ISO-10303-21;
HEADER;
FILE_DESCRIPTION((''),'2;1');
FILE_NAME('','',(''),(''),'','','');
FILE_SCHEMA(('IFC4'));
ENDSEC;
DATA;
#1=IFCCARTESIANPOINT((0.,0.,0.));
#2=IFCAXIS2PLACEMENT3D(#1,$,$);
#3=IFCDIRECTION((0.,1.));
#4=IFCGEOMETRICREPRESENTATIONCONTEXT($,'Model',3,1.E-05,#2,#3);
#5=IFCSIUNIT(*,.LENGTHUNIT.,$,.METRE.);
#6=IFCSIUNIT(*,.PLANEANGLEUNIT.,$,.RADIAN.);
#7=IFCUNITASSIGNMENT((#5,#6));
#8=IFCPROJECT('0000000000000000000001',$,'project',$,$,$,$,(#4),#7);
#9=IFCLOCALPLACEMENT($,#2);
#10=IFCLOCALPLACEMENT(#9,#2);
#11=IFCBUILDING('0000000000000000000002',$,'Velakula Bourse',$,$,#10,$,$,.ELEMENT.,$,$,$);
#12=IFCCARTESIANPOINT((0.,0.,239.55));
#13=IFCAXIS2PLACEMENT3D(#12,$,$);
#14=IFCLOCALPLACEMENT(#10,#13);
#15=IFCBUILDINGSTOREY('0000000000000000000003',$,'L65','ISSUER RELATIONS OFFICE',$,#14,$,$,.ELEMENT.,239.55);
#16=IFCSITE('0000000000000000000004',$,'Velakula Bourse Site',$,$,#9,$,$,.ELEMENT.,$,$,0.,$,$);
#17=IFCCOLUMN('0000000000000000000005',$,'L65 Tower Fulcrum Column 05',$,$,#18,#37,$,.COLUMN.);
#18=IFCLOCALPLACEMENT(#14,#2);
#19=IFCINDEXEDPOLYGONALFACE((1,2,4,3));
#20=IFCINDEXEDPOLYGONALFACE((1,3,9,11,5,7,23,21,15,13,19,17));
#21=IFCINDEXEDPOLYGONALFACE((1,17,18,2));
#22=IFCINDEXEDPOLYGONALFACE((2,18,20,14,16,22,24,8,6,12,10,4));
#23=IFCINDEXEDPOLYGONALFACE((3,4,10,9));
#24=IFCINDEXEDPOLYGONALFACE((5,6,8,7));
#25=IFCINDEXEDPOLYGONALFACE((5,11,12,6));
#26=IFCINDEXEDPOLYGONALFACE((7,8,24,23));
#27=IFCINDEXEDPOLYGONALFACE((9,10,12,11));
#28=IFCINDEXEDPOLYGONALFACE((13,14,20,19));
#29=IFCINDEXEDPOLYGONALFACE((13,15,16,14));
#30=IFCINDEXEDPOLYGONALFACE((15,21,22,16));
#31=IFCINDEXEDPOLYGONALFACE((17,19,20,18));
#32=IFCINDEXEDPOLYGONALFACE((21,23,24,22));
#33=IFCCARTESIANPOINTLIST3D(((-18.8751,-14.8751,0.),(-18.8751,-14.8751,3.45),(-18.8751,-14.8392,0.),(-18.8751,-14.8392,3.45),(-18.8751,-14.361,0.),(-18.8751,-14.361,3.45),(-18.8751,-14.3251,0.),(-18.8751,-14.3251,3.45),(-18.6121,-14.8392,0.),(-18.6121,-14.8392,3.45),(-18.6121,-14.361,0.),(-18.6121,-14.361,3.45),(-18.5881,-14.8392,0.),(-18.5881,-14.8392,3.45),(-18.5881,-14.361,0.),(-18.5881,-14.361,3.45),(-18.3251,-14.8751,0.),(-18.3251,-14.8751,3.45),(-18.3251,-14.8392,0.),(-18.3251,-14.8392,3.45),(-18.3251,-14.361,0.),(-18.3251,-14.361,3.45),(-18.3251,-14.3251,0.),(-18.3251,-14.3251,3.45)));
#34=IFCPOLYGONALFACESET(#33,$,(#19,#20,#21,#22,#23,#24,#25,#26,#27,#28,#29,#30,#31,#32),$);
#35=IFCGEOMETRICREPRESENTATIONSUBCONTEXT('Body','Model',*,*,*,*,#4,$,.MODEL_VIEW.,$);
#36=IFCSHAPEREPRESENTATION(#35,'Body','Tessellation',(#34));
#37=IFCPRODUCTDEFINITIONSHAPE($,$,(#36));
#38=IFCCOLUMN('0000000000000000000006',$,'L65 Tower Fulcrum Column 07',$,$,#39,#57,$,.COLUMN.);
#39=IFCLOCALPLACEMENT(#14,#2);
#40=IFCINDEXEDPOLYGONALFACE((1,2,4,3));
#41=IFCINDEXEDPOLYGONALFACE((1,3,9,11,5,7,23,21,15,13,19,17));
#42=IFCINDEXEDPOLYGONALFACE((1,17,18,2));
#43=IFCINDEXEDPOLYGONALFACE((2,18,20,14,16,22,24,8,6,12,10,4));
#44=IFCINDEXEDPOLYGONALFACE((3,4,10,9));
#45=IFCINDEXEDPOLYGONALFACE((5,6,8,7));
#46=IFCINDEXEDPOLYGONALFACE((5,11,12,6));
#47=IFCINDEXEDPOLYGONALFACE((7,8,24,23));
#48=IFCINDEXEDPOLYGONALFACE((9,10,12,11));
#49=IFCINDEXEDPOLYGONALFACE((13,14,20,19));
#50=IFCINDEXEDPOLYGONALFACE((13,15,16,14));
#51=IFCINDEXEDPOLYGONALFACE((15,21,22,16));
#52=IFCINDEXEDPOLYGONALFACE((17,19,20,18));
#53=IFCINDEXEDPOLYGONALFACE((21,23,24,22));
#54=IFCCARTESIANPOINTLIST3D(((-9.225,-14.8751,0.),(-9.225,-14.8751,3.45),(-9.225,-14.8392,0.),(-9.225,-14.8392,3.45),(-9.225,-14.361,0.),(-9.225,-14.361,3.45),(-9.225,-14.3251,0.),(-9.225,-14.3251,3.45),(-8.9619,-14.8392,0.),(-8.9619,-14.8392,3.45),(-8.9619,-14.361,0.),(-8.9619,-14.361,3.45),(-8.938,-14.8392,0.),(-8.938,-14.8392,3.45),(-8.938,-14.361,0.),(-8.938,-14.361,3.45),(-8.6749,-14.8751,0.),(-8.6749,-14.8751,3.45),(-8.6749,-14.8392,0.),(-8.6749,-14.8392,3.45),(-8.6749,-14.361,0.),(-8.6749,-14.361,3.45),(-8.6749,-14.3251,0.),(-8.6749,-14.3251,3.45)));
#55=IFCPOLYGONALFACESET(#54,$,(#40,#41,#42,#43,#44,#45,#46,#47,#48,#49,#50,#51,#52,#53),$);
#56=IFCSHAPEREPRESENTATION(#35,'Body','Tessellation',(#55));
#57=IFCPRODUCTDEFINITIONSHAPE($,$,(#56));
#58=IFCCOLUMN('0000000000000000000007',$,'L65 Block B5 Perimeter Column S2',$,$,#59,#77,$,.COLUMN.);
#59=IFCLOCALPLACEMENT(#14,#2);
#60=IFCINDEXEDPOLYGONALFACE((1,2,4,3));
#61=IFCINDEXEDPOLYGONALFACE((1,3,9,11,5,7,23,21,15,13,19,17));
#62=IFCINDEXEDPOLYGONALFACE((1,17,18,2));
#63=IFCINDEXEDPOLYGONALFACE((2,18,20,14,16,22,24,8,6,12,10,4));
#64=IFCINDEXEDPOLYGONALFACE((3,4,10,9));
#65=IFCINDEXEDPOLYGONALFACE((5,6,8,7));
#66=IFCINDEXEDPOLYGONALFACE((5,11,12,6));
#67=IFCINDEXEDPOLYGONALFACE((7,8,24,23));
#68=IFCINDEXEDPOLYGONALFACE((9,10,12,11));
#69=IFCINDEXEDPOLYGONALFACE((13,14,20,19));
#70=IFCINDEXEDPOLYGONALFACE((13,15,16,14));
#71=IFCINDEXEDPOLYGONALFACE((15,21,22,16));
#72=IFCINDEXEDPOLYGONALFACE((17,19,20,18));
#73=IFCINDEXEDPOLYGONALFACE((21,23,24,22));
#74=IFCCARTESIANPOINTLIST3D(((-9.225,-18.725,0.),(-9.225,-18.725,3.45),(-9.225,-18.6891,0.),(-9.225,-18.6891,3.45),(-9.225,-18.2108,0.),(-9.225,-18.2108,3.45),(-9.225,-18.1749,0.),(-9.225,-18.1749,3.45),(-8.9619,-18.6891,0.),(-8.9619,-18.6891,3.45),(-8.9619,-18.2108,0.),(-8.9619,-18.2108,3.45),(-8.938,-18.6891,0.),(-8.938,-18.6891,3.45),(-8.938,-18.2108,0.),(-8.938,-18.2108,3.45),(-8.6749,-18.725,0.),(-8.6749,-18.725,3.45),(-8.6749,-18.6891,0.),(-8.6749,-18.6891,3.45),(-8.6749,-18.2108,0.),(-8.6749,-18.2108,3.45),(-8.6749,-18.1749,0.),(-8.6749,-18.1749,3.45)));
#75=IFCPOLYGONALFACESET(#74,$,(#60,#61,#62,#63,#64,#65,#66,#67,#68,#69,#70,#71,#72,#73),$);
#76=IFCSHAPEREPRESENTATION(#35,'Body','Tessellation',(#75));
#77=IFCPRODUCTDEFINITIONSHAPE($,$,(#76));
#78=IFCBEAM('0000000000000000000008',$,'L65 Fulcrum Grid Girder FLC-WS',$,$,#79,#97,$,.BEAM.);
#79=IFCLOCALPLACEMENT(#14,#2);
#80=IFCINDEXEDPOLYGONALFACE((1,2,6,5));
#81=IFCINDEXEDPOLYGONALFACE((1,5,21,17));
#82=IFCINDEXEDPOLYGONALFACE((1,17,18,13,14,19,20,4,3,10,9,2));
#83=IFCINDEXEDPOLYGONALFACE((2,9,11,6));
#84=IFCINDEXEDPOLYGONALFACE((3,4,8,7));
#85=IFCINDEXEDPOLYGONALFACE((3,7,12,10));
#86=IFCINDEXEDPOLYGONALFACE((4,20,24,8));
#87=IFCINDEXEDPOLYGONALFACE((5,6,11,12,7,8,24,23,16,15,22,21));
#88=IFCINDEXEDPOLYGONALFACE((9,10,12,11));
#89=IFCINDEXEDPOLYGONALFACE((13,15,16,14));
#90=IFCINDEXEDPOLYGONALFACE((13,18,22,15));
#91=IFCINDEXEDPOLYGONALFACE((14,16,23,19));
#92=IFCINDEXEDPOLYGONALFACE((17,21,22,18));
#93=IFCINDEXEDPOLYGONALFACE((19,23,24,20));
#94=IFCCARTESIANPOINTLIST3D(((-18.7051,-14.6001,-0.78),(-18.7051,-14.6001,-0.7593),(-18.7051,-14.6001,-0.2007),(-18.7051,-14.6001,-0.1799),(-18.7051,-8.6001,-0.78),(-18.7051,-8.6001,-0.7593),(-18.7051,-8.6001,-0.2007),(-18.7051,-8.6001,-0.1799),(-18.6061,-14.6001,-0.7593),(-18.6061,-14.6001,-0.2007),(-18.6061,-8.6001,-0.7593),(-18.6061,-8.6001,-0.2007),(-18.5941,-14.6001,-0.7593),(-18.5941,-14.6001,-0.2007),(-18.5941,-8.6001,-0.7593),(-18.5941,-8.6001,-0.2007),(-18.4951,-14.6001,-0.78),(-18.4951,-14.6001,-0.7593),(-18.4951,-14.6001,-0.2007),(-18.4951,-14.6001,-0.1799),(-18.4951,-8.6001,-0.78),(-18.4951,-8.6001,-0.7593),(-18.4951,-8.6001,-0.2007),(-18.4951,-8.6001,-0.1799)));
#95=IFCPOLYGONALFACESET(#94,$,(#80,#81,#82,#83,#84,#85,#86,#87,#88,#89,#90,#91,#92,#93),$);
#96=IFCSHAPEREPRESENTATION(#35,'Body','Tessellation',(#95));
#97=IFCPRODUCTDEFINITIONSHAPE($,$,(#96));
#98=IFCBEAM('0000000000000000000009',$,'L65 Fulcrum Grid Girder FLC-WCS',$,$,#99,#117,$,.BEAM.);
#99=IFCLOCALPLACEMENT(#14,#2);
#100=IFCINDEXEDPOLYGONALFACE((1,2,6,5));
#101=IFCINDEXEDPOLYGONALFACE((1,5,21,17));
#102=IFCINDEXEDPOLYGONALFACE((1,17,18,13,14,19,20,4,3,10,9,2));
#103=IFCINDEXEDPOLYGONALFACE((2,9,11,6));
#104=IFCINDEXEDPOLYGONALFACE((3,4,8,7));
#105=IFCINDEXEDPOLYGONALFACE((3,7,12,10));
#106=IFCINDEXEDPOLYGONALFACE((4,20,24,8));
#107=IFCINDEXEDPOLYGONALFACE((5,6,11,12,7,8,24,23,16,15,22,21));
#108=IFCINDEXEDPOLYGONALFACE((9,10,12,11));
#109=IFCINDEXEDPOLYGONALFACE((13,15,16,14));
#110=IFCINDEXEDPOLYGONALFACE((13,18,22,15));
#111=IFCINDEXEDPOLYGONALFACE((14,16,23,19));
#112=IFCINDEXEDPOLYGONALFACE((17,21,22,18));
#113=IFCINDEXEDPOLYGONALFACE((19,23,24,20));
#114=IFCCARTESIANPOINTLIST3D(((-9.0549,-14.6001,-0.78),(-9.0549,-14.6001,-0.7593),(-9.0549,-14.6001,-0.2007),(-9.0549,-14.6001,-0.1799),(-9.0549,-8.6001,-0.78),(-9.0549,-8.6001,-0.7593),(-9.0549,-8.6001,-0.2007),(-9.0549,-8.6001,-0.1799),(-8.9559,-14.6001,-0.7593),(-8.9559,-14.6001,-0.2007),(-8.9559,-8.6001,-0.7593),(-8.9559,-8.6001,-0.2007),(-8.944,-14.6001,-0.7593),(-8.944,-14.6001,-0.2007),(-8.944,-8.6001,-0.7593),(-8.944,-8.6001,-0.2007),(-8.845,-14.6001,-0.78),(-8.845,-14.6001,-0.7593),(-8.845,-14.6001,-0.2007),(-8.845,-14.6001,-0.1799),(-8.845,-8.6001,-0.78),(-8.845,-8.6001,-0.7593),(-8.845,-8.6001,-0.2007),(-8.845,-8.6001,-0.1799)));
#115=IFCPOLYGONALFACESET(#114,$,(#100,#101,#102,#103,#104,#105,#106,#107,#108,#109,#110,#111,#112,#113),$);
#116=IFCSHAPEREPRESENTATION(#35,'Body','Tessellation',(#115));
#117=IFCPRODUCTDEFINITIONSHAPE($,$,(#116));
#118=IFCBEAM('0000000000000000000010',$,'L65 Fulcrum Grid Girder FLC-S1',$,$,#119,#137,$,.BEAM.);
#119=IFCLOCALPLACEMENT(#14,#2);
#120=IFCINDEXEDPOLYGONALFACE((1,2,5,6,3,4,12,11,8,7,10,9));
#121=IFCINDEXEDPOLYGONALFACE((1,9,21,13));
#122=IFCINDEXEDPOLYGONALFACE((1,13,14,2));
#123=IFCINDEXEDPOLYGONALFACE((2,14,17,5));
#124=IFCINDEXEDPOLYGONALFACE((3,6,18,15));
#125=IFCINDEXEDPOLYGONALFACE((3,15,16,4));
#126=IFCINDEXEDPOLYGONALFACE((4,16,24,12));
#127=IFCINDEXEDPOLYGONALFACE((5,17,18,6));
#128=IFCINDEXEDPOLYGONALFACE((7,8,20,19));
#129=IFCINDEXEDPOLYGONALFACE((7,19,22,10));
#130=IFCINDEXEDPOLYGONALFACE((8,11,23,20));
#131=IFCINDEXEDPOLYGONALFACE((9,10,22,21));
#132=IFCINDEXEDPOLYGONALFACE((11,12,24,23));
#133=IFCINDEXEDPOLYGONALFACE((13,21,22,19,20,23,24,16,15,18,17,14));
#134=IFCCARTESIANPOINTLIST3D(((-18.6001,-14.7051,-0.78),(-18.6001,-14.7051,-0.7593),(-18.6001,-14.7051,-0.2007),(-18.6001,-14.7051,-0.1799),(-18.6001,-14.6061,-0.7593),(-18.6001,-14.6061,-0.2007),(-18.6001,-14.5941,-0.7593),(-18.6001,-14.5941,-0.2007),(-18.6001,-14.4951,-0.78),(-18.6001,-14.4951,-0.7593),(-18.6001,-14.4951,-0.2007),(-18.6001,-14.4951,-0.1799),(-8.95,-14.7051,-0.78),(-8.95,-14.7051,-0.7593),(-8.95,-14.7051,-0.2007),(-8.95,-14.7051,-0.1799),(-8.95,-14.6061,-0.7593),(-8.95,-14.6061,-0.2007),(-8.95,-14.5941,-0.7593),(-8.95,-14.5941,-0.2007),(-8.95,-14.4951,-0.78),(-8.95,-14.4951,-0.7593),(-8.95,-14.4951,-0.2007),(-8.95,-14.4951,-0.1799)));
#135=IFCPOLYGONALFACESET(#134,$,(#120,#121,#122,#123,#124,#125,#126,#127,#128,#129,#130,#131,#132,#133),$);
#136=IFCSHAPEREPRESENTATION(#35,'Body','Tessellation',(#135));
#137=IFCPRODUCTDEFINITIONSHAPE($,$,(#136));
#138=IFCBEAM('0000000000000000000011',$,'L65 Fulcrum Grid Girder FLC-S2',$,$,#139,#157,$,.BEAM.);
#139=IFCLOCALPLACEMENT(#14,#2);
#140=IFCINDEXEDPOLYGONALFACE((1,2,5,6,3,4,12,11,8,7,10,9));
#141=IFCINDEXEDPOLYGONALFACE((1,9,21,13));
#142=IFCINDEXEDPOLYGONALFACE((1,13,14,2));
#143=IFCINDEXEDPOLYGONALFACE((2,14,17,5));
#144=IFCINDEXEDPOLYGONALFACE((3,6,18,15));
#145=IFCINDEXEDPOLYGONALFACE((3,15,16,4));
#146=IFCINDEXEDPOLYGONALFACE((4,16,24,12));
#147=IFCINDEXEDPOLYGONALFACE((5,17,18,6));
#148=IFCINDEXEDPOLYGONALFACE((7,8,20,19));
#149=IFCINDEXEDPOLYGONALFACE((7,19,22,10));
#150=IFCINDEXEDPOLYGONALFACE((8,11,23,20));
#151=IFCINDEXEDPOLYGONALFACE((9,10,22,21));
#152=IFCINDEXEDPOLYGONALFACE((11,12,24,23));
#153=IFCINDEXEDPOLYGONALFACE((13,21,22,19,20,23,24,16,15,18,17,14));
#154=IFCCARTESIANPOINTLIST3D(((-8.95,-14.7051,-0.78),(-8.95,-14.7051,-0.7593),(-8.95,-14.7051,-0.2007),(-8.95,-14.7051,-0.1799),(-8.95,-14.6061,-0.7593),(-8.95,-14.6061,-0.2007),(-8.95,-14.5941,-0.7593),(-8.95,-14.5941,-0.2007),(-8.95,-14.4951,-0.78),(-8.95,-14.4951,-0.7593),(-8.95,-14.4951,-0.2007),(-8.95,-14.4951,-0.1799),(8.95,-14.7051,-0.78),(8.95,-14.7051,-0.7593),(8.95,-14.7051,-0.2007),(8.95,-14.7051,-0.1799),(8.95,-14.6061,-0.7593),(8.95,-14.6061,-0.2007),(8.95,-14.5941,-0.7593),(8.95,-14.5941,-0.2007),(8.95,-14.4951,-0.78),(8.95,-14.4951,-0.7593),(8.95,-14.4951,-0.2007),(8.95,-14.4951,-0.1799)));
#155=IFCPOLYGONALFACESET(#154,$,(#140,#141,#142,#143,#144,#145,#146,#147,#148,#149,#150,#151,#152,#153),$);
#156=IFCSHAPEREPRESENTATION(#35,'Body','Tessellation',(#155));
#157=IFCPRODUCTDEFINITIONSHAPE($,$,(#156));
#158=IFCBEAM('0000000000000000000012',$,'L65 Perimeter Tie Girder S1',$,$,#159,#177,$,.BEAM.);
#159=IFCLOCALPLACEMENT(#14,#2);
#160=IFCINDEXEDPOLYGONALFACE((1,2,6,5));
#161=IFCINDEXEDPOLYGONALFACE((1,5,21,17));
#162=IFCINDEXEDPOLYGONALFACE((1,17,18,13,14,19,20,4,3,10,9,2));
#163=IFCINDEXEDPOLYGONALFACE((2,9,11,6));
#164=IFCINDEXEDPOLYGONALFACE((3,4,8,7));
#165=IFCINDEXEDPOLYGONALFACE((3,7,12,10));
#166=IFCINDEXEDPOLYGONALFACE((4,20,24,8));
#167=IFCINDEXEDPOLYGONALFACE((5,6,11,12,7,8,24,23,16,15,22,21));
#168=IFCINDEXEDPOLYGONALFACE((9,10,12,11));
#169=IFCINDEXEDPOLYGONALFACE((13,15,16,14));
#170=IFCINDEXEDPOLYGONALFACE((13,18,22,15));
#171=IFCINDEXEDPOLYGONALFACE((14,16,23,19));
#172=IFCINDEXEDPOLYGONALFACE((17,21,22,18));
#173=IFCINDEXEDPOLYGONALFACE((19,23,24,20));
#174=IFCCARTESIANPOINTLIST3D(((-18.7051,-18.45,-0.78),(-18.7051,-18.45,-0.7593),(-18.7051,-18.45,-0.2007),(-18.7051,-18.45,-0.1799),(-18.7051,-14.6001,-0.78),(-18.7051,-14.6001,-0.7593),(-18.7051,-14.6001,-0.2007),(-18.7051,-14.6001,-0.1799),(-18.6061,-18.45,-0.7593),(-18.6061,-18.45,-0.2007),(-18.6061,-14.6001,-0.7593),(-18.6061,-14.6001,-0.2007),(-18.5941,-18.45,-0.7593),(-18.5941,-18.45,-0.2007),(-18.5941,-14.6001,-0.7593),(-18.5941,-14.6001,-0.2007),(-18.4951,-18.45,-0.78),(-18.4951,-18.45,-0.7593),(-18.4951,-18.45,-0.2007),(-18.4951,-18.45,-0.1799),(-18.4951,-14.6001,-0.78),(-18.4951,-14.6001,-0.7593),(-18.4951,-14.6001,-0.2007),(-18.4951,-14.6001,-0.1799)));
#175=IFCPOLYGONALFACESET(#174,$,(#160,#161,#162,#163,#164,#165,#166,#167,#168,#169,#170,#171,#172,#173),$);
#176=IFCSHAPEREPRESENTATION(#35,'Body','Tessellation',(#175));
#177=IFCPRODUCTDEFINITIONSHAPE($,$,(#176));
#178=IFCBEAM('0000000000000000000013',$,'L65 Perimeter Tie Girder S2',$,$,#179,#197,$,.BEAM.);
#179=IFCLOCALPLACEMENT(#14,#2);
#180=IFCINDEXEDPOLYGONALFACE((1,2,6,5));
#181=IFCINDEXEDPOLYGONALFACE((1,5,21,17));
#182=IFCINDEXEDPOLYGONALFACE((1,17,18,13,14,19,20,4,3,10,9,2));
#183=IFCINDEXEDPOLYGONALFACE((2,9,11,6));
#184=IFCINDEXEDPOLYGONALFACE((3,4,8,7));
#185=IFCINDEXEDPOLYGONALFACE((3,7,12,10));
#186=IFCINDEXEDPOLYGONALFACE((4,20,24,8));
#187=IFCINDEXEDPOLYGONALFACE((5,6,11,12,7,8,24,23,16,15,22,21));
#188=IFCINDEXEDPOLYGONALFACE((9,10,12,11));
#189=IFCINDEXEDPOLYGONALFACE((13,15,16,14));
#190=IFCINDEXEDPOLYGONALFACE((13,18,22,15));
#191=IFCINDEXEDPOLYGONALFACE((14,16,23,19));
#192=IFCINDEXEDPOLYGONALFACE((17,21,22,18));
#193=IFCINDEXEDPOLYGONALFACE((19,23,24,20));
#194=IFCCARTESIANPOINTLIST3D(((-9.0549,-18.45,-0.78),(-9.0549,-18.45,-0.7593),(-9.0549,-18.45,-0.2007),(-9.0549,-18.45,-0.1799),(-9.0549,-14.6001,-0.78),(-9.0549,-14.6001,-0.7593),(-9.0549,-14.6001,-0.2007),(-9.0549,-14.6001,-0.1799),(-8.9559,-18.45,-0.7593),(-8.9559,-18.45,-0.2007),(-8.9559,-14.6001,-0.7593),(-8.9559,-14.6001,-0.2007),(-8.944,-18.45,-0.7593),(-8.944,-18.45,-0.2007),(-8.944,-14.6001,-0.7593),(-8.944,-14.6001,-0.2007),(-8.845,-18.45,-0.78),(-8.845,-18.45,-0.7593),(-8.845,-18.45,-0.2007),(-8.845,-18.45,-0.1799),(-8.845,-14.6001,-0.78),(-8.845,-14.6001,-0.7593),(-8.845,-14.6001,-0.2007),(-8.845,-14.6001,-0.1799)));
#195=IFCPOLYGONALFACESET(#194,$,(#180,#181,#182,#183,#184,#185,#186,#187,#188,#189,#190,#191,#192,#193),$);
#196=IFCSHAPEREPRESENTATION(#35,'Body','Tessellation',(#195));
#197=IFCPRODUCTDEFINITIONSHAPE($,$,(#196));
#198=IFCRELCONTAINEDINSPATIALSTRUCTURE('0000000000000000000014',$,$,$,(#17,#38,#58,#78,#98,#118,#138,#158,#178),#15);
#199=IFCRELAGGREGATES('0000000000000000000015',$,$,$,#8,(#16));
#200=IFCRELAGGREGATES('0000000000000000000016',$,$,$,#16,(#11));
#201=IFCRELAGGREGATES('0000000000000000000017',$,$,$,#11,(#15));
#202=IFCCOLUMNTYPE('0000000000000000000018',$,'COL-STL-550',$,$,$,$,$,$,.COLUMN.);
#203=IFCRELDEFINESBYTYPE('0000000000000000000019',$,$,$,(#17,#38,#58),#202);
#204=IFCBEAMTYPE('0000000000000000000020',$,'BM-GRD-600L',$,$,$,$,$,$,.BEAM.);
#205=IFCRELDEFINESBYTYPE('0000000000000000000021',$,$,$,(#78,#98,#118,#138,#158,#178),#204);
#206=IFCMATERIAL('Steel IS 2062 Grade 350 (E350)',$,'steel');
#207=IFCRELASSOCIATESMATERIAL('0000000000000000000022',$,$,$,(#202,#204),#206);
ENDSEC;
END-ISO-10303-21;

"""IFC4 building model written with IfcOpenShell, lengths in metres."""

from ifc_helpers import new_model, si_unit, direction, frame, origin, origin_2d, place, context, subcontext, project, spatial, i_section, extrude, material, material_profile, profile_set, type_object, element, save


model = new_model("IFC4")

# Units and contexts
model_context = context("Model", 3, precision=1e-05, world=origin(), true_north=direction((0.0, 1.0)))
body_context = subcontext(model_context, "Body", "Model", "MODEL_VIEW")
ifc_project = project(units=[si_unit("LENGTHUNIT", "METRE"), si_unit("PLANEANGLEUNIT", "RADIAN")], contexts=[model_context])

# Site, building, storey
site_placement = place(None, origin())
site = spatial("IfcSite", under=ifc_project, at=site_placement, Name="Velakula Bourse Site", CompositionType="ELEMENT", RefElevation=0.0)
building_placement = place(site_placement, origin())
building = spatial("IfcBuilding", under=site, at=building_placement, Name="Velakula Bourse", CompositionType="ELEMENT")
storey_placement = place(building_placement, frame((0.0, 0.0, 239.55)))
storey = spatial("IfcBuildingStorey", under=building, at=storey_placement, Name="L65", Description="ISSUER RELATIONS OFFICE", CompositionType="ELEMENT", Elevation=239.55)

# Columns
ifc_material_1 = material(Name="Steel IS 2062 Grade 350 (E350)", Category="steel")
ifc_material_profile_1 = material_profile(ifc_material_1, i_section(OverallWidth=0.55, OverallDepth=0.55, WebThickness=0.0239, FlangeThickness=0.0359, at=origin_2d()), Name="Steel IS 2062 Grade 350 (E350)")
ifc_profile_set_1 = profile_set([ifc_material_profile_1], Name="Steel IS 2062 Grade 350 (E350)")
column_type = type_object("IfcColumnType", Name="COL-STL-550", PredefinedType="COLUMN", material=ifc_profile_set_1)
for number, where, z_axis, x_axis, name in (
    (1, (-18.6001, -14.6001, 0.0), (0.0, 0.0, 1.0), (1.0, 0.0, 0.0), "L65 Tower Fulcrum Column 05"),
    (2, (-8.95, -14.6001, 0.0), (0.0, 0.0, 1.0), (1.0, 0.0, 0.0), "L65 Tower Fulcrum Column 07"),
    (3, (-8.95, -18.45, 0.0), (0.0, 0.0, 1.0), (1.0, 0.0, 0.0), "L65 Block B5 Perimeter Column S2"),
):
    element("IfcColumn", number, at=place(storey_placement, frame(where, z_axis=z_axis, x_axis=x_axis)), inside=storey, type_object=column_type, Name=name, PredefinedType="COLUMN", context=body_context, shape_type="SweptSolid", body=[
        extrude(i_section(OverallWidth=0.55, OverallDepth=0.55, WebThickness=0.0239, FlangeThickness=0.0359, at=origin_2d()), origin(), (0.0, 0.0, 1.0), 3.45),
    ])

# Beams
ifc_material_profile_2 = material_profile(ifc_material_1, i_section(OverallWidth=0.21, OverallDepth=0.6001, WebThickness=0.012, FlangeThickness=0.0208, at=origin_2d()), Name="Steel IS 2062 Grade 350 (E350)")
ifc_profile_set_2 = profile_set([ifc_material_profile_2], Name="Steel IS 2062 Grade 350 (E350)")
beam_type_1 = type_object("IfcBeamType", Name="BM-GRD-600L", PredefinedType="BEAM", material=ifc_profile_set_2)
for number, where, z_axis, x_axis, name in (
    (4, (-18.6001, -14.6001, -0.48), (0.0, 1.0, 0.0), (-1.0, 0.0, 0.0), "L65 Fulcrum Grid Girder FLC-WS"),
    (5, (-8.95, -14.6001, -0.48), (0.0, 1.0, 0.0), (-1.0, 0.0, 0.0), "L65 Fulcrum Grid Girder FLC-WCS"),
):
    element("IfcBeam", number, at=place(storey_placement, frame(where, z_axis=z_axis, x_axis=x_axis)), inside=storey, type_object=beam_type_1, Name=name, PredefinedType="BEAM", context=body_context, shape_type="SweptSolid", body=[
        extrude(i_section(OverallWidth=0.21, OverallDepth=0.6001, WebThickness=0.012, FlangeThickness=0.0208, at=origin_2d()), origin(), (0.0, 0.0, 1.0), 6.0),
    ])
beam_1_placement = place(storey_placement, frame((-18.6001, -14.6001, -0.48), z_axis=(1.0, 0.0, 0.0), x_axis=(0.0, 1.0, 0.0)))
element("IfcBeam", 6, at=beam_1_placement, inside=storey, type_object=beam_type_1, Name="L65 Fulcrum Grid Girder FLC-S1", PredefinedType="BEAM", context=body_context, shape_type="SweptSolid", body=[
    extrude(i_section(OverallWidth=0.21, OverallDepth=0.6001, WebThickness=0.012, FlangeThickness=0.0208, at=origin_2d()), origin(), (0.0, 0.0, 1.0), 9.6501),
])
beam_2_placement = place(storey_placement, frame((-8.95, -14.6001, -0.48), z_axis=(1.0, 0.0, 0.0), x_axis=(0.0, 1.0, 0.0)))
element("IfcBeam", 7, at=beam_2_placement, inside=storey, type_object=beam_type_1, Name="L65 Fulcrum Grid Girder FLC-S2", PredefinedType="BEAM", context=body_context, shape_type="SweptSolid", body=[
    extrude(i_section(OverallWidth=0.21, OverallDepth=0.6001, WebThickness=0.012, FlangeThickness=0.0208, at=origin_2d()), origin(), (0.0, 0.0, 1.0), 17.8999),
])
for number, where, z_axis, x_axis, name in (
    (8, (-18.6001, -14.6001, -0.48), (0.0, -1.0, 0.0), (1.0, 0.0, 0.0), "L65 Perimeter Tie Girder S1"),
    (9, (-8.95, -14.6001, -0.48), (0.0, -1.0, 0.0), (1.0, 0.0, 0.0), "L65 Perimeter Tie Girder S2"),
):
    element("IfcBeam", number, at=place(storey_placement, frame(where, z_axis=z_axis, x_axis=x_axis)), inside=storey, type_object=beam_type_1, Name=name, PredefinedType="BEAM", context=body_context, shape_type="SweptSolid", body=[
        extrude(i_section(OverallWidth=0.21, OverallDepth=0.6001, WebThickness=0.012, FlangeThickness=0.0208, at=origin_2d()), origin(), (0.0, 0.0, 1.0), 3.8499),
    ])

save(model, "model.ifc")
